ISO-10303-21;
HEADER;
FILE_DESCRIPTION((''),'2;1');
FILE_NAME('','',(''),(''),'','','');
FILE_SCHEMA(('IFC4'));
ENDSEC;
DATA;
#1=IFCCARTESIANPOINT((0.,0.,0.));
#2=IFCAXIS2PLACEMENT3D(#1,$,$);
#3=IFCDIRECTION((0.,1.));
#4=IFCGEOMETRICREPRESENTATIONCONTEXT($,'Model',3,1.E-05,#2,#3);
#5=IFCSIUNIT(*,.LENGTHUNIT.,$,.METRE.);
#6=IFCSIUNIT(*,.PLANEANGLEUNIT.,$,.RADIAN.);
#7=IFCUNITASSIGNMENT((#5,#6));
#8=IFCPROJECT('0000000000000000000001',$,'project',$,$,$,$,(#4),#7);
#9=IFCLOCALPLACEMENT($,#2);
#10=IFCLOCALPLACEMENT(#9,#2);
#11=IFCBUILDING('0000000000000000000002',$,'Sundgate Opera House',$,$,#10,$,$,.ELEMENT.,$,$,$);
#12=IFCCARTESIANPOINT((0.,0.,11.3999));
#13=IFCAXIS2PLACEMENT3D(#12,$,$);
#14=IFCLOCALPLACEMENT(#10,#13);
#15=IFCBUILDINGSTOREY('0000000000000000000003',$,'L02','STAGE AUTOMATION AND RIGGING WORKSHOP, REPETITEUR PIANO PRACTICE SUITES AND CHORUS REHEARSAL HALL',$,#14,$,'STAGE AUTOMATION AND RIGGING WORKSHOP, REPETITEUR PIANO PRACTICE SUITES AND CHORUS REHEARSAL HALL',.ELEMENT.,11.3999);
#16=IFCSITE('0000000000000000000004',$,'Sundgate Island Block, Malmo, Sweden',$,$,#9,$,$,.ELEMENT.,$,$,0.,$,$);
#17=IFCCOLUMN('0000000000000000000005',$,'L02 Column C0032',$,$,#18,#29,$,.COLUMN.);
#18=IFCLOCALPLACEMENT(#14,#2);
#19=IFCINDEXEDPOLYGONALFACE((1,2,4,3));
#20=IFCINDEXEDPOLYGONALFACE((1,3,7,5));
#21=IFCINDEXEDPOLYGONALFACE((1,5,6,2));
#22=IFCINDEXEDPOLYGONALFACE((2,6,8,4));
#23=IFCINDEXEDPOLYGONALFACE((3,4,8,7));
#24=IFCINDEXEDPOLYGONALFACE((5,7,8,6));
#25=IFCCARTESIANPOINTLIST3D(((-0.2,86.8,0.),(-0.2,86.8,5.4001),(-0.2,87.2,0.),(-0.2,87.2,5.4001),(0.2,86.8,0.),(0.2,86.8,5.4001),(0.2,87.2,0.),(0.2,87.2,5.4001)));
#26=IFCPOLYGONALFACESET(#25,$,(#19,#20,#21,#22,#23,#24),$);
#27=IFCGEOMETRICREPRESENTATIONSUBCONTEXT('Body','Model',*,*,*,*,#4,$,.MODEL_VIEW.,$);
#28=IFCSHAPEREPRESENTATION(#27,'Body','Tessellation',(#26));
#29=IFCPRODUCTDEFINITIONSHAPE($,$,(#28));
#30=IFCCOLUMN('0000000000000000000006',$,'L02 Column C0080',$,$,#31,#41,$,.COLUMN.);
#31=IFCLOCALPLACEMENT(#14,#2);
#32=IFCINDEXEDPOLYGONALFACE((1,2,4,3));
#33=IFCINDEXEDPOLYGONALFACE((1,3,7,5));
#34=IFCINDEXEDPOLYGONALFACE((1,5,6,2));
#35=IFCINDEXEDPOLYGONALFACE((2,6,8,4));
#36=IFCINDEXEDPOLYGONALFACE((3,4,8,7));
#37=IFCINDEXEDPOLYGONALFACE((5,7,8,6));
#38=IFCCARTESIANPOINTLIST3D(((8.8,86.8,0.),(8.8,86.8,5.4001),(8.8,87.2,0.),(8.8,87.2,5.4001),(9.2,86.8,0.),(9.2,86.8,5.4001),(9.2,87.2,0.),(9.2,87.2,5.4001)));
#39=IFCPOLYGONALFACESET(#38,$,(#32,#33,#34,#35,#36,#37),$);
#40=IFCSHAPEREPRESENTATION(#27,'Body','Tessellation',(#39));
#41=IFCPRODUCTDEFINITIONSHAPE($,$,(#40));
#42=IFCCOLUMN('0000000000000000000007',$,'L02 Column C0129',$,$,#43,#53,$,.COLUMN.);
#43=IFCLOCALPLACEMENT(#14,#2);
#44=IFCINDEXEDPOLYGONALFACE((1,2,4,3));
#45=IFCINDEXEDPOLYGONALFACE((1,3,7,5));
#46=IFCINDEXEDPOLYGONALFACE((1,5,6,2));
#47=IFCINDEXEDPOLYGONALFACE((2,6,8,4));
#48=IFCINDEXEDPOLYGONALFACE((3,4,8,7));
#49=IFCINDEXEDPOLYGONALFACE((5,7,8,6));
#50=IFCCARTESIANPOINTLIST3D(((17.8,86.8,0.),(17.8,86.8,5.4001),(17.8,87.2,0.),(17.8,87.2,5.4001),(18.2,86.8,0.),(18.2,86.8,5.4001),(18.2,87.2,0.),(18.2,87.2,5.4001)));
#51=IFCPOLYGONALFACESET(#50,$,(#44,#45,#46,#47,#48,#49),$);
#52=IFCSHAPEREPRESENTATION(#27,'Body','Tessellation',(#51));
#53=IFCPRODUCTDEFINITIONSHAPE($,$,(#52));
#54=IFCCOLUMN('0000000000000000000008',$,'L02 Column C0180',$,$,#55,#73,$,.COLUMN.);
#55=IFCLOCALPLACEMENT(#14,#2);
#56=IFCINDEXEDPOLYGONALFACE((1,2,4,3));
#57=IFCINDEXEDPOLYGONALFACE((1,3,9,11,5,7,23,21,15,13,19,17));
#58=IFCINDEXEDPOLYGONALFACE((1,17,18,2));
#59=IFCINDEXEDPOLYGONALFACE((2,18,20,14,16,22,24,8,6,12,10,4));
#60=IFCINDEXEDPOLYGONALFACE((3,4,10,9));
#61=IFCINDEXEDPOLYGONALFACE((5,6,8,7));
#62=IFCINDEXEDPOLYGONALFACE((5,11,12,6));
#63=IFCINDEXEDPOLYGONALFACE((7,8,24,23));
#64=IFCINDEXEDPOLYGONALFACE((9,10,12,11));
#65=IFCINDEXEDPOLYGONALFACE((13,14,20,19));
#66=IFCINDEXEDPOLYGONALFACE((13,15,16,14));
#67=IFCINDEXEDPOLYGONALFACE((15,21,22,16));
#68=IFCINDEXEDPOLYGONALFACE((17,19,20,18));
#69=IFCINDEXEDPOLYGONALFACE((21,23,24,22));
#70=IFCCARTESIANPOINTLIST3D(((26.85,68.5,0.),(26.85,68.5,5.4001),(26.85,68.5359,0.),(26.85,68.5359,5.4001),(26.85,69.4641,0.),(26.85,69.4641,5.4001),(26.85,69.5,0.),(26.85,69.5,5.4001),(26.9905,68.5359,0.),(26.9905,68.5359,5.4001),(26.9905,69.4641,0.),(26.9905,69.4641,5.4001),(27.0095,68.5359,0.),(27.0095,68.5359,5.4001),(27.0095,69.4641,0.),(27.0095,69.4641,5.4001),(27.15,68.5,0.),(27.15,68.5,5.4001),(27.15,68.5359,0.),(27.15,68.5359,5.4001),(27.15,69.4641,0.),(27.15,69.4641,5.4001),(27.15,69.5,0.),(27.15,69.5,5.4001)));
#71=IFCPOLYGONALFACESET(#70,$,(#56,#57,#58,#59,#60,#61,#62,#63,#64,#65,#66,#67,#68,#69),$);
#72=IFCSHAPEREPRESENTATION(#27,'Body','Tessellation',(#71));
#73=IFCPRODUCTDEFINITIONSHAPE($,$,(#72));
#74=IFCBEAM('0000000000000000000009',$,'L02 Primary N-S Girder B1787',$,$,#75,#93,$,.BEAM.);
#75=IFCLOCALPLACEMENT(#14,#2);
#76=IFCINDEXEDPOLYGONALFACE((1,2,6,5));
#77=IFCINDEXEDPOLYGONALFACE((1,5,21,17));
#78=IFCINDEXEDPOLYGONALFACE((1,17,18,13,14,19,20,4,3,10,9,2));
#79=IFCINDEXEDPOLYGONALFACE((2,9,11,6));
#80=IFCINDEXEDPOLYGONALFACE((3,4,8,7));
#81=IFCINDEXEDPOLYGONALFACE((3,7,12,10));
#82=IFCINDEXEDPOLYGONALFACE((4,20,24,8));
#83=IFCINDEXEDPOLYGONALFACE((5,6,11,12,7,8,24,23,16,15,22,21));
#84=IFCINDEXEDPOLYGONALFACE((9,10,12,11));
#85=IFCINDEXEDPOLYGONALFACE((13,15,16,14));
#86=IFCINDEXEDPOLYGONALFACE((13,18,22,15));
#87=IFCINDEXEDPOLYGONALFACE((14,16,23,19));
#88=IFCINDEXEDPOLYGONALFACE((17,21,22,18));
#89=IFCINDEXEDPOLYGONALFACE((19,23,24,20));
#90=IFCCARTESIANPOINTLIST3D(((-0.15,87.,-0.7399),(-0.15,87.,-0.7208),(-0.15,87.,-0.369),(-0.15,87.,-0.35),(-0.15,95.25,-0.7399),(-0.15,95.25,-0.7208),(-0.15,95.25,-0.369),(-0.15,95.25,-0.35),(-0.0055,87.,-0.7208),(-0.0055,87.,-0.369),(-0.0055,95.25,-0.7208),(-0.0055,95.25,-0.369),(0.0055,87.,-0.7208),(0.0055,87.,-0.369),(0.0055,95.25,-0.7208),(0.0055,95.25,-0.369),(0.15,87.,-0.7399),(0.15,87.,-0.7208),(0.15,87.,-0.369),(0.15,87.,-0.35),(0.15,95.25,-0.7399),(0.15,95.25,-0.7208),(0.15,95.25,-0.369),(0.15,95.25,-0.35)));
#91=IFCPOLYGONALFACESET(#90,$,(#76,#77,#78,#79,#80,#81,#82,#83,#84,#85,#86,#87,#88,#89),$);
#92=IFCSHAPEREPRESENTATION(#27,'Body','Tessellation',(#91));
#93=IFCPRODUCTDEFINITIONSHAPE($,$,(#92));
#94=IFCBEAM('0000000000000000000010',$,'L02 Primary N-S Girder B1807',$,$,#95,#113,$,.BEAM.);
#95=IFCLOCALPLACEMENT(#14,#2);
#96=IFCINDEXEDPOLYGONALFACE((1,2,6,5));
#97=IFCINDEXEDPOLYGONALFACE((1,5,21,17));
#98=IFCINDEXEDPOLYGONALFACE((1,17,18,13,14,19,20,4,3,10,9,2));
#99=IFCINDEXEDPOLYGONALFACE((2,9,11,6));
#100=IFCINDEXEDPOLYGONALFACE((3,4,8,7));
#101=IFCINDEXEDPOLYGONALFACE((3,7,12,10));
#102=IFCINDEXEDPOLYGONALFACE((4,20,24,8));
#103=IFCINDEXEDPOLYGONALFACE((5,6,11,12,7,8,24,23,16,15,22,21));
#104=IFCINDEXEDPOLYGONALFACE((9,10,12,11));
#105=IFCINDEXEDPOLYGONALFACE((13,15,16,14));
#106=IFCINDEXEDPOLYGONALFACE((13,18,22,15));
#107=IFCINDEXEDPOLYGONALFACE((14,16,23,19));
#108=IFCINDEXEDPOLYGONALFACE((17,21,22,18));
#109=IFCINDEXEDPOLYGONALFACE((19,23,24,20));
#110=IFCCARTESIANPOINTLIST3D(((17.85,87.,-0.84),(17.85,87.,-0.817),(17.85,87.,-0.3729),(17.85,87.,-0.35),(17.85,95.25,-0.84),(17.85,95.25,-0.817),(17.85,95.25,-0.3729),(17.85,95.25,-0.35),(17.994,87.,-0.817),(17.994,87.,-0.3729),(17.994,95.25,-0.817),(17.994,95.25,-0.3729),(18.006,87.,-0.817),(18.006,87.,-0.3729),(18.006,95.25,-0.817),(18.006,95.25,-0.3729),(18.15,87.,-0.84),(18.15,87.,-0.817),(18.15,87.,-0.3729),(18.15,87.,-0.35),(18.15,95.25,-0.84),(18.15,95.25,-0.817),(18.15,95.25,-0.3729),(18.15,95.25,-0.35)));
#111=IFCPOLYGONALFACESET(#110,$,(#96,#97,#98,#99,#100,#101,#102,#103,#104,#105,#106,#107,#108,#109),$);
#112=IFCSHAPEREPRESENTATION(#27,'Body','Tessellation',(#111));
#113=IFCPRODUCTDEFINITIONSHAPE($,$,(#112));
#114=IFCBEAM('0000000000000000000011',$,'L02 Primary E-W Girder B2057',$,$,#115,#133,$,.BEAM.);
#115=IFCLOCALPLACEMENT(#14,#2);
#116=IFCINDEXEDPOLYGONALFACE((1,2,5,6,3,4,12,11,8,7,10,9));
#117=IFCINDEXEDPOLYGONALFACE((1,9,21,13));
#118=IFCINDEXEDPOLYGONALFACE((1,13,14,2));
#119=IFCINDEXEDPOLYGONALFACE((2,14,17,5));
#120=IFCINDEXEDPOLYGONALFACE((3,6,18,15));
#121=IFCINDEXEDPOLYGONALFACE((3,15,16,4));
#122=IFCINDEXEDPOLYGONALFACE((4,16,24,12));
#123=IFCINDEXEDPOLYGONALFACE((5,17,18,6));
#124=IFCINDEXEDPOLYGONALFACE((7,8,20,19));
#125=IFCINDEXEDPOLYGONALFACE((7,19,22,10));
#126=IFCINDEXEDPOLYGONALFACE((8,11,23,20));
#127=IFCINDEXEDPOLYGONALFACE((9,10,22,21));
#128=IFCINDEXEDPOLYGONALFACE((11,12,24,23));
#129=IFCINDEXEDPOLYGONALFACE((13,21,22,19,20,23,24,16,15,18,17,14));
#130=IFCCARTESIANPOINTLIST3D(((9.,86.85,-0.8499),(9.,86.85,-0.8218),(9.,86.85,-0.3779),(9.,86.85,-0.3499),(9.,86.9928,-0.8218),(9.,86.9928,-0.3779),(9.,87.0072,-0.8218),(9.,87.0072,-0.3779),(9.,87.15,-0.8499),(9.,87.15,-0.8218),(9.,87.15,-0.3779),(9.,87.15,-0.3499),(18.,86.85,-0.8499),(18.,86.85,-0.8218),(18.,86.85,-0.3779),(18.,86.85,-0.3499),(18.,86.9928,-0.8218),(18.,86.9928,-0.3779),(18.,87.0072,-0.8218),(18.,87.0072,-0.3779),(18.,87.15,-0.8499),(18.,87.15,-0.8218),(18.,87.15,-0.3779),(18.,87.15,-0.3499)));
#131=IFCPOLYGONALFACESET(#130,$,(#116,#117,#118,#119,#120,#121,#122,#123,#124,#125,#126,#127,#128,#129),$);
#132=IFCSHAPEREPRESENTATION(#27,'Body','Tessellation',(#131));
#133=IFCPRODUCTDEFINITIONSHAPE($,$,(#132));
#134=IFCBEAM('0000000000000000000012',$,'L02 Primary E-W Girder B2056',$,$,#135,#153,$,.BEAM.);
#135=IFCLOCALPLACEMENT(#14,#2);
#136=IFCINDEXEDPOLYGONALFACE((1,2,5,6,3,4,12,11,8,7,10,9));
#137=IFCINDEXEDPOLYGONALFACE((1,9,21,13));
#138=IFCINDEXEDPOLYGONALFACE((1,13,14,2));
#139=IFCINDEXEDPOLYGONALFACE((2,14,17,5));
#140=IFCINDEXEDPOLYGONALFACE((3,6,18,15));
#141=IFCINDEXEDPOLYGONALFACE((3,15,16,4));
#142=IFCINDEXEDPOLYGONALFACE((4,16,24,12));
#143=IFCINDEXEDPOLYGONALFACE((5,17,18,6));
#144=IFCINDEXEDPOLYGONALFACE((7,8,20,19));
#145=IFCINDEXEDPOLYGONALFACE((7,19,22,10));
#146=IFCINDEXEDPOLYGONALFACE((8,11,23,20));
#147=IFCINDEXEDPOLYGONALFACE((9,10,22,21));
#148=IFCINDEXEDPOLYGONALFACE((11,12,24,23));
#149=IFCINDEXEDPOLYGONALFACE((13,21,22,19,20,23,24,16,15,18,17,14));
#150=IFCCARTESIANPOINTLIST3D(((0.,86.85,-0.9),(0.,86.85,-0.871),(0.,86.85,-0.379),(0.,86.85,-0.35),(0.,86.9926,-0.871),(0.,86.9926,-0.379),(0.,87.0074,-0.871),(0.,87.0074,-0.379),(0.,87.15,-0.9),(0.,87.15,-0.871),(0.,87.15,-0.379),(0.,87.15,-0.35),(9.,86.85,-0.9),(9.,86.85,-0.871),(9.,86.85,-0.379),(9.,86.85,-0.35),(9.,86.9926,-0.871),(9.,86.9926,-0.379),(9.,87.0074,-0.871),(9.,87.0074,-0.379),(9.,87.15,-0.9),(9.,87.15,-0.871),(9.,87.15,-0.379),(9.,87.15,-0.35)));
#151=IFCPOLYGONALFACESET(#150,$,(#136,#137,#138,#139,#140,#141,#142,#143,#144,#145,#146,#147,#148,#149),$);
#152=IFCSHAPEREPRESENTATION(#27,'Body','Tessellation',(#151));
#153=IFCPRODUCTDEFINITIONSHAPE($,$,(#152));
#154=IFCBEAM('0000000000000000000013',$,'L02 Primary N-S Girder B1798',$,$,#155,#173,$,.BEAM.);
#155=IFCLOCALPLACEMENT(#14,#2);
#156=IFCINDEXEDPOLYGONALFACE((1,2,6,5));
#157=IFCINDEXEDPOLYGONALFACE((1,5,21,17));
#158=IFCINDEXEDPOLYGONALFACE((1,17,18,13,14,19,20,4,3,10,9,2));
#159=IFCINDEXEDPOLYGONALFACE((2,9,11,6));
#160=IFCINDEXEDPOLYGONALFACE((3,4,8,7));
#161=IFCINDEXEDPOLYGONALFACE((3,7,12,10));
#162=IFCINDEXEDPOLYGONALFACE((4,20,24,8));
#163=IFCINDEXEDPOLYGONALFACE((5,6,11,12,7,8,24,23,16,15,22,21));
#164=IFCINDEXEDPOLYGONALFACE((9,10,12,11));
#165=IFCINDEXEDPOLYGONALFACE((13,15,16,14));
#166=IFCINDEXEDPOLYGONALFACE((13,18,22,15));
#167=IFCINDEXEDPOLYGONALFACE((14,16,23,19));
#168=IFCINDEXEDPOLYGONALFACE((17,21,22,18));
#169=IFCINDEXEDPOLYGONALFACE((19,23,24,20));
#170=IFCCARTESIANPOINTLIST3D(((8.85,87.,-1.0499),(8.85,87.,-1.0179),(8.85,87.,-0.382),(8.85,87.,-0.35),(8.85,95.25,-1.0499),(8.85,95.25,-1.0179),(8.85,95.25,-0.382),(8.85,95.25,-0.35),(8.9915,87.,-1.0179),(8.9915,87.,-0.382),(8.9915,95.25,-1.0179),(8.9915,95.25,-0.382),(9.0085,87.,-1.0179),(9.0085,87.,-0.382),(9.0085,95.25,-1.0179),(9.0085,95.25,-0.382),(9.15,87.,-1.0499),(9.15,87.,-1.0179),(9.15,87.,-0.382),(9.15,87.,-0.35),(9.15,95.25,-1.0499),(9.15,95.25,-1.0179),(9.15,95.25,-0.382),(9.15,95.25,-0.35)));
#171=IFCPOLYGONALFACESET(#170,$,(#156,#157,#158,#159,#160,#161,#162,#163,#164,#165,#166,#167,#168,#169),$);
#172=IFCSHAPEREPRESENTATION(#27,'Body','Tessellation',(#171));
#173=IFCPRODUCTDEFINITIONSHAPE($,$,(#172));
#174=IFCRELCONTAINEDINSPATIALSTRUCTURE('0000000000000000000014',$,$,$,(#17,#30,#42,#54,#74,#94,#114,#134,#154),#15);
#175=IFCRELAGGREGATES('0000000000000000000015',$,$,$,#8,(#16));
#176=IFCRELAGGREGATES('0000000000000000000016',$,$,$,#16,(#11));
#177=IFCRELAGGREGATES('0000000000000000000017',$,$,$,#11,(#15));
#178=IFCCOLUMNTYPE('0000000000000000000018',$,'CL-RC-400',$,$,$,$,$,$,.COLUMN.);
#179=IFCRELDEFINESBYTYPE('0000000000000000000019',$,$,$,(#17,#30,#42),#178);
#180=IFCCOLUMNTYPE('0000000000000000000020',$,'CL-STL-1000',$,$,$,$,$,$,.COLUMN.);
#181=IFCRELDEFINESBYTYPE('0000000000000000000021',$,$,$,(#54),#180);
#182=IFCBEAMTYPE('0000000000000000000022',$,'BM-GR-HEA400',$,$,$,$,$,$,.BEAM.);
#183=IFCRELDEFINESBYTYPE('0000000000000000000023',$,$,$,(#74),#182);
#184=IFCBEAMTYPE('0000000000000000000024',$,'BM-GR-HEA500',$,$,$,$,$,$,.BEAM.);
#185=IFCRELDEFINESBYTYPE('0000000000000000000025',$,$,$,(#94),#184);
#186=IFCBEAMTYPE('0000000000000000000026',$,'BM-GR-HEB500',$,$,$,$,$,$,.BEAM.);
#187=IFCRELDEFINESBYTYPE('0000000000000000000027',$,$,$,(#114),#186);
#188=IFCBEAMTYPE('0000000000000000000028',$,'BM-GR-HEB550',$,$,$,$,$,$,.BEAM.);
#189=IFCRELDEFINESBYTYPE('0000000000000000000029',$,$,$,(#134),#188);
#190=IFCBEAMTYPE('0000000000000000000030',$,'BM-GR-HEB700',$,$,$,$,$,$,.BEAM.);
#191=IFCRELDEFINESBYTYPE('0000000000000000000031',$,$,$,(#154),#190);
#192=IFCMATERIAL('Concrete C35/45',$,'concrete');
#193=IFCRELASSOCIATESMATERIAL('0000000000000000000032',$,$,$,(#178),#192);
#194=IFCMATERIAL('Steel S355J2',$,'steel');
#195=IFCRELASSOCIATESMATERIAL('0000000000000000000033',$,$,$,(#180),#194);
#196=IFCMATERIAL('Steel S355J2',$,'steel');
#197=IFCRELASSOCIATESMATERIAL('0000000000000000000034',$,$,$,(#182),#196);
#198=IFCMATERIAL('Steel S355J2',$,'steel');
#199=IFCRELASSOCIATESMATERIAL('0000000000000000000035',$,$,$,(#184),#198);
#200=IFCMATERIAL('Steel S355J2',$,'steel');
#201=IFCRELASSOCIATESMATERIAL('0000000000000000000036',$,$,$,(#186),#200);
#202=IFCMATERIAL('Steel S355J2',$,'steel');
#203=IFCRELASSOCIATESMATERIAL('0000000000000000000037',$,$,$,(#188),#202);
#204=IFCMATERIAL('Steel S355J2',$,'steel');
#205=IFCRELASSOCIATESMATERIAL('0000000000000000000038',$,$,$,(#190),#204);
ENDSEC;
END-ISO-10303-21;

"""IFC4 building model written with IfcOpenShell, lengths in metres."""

from ifc_helpers import new_model, si_unit, direction, frame, origin, origin_2d, place, context, subcontext, project, spatial, rectangle, i_section, extrude, material, material_profile, profile_set, type_object, element, save


model = new_model("IFC4")

# Units and contexts
model_context = context("Model", 3, precision=1e-05, world=origin(), true_north=direction((0.0, 1.0)))
body_context = subcontext(model_context, "Body", "Model", "MODEL_VIEW")
ifc_project = project(units=[si_unit("LENGTHUNIT", "METRE"), si_unit("PLANEANGLEUNIT", "RADIAN")], contexts=[model_context])

# Site, building, storey
site_placement = place(None, origin())
site = spatial("IfcSite", under=ifc_project, at=site_placement, Name="Sundgate Island Block, Malmo, Sweden", CompositionType="ELEMENT", RefElevation=0.0)
building_placement = place(site_placement, origin())
building = spatial("IfcBuilding", under=site, at=building_placement, Name="Sundgate Opera House", CompositionType="ELEMENT")
storey_placement = place(building_placement, frame((0.0, 0.0, 11.3999)))
storey = spatial("IfcBuildingStorey", under=building, at=storey_placement, Name="L02", Description="STAGE AUTOMATION AND RIGGING WORKSHOP, REPETITEUR PIANO PRACTICE SUITES AND CHORUS REHEARSAL HALL", LongName="STAGE AUTOMATION AND RIGGING WORKSHOP, REPETITEUR PIANO PRACTICE SUITES AND CHORUS REHEARSAL HALL", CompositionType="ELEMENT", Elevation=11.3999)

# Columns
ifc_material_1 = material(Name="Concrete C35/45", Category="concrete")
ifc_material_profile_1 = material_profile(ifc_material_1, rectangle(XDim=0.3999, YDim=0.3999, at=origin_2d()), Name="RC 400x400")
ifc_profile_set_1 = profile_set([ifc_material_profile_1], Name="Concrete C35/45")
column_type_1 = type_object("IfcColumnType", Name="CL-RC-400", PredefinedType="COLUMN", material=ifc_profile_set_1)
for number, where, z_axis, x_axis, name in (
    (1, (0.0, 87.0, 0.0), (0.0, 0.0, 1.0), (1.0, 0.0, 0.0), "L02 Column C0032"),
    (2, (9.0, 87.0, 0.0), (0.0, 0.0, 1.0), (1.0, 0.0, 0.0), "L02 Column C0080"),
    (3, (18.0, 87.0, 0.0), (0.0, 0.0, 1.0), (1.0, 0.0, 0.0), "L02 Column C0129"),
):
    element("IfcColumn", number, at=place(storey_placement, frame(where, z_axis=z_axis, x_axis=x_axis)), inside=storey, type_object=column_type_1, Name=name, PredefinedType="COLUMN", context=body_context, shape_type="SweptSolid", body=[
        extrude(rectangle(XDim=0.3999, YDim=0.3999, at=origin_2d()), origin(), (0.0, 0.0, 1.0), 5.4001),
    ])
ifc_material_2 = material(Name="Steel S355J2", Category="steel")
ifc_material_profile_2 = material_profile(ifc_material_2, i_section(OverallWidth=0.3, OverallDepth=1.0, WebThickness=0.019, FlangeThickness=0.0359, at=origin_2d()), Name="HEB 1000")
ifc_profile_set_2 = profile_set([ifc_material_profile_2], Name="Steel S355J2")
column_type_2 = type_object("IfcColumnType", Name="CL-STL-1000", PredefinedType="COLUMN", material=ifc_profile_set_2)
column_placement = place(storey_placement, frame((27.0, 69.0, 0.0), z_axis=(0.0, 0.0, 1.0), x_axis=(1.0, 0.0, 0.0)))
element("IfcColumn", 4, at=column_placement, inside=storey, type_object=column_type_2, Name="L02 Column C0180", PredefinedType="COLUMN", context=body_context, shape_type="SweptSolid", body=[
    extrude(i_section(OverallWidth=0.3, OverallDepth=1.0, WebThickness=0.019, FlangeThickness=0.0359, at=origin_2d()), origin(), (0.0, 0.0, 1.0), 5.4001),
])

# Beams
ifc_material_3 = material(Name="Steel S355J2", Category="steel")
ifc_material_profile_3 = material_profile(ifc_material_3, i_section(OverallWidth=0.3, OverallDepth=0.3899, WebThickness=0.011, FlangeThickness=0.019, at=origin_2d()), Name="HEA 400")
ifc_profile_set_3 = profile_set([ifc_material_profile_3], Name="Steel S355J2")
beam_type_1 = type_object("IfcBeamType", Name="BM-GR-HEA400", PredefinedType="BEAM", material=ifc_profile_set_3)
beam_1_placement = place(storey_placement, frame((0.0, 87.0, -0.5449), z_axis=(0.0, 1.0, 0.0), x_axis=(-1.0, 0.0, 0.0)))
element("IfcBeam", 5, at=beam_1_placement, inside=storey, type_object=beam_type_1, Name="L02 Primary N-S Girder B1787", PredefinedType="BEAM", context=body_context, shape_type="SweptSolid", body=[
    extrude(i_section(OverallWidth=0.3, OverallDepth=0.3899, WebThickness=0.011, FlangeThickness=0.019, at=origin_2d()), origin(), (0.0, 0.0, 1.0), 8.25),
])
ifc_material_4 = material(Name="Steel S355J2", Category="steel")
ifc_material_profile_4 = material_profile(ifc_material_4, i_section(OverallWidth=0.3, OverallDepth=0.49, WebThickness=0.012, FlangeThickness=0.0229, at=origin_2d()), Name="HEA 500")
ifc_profile_set_4 = profile_set([ifc_material_profile_4], Name="Steel S355J2")
beam_type_2 = type_object("IfcBeamType", Name="BM-GR-HEA500", PredefinedType="BEAM", material=ifc_profile_set_4)
beam_2_placement = place(storey_placement, frame((18.0, 87.0, -0.595), z_axis=(0.0, 1.0, 0.0), x_axis=(-1.0, 0.0, 0.0)))
element("IfcBeam", 6, at=beam_2_placement, inside=storey, type_object=beam_type_2, Name="L02 Primary N-S Girder B1807", PredefinedType="BEAM", context=body_context, shape_type="SweptSolid", body=[
    extrude(i_section(OverallWidth=0.3, OverallDepth=0.49, WebThickness=0.012, FlangeThickness=0.0229, at=origin_2d()), origin(), (0.0, 0.0, 1.0), 8.25),
])
ifc_material_5 = material(Name="Steel S355J2", Category="steel")
ifc_material_profile_5 = material_profile(ifc_material_5, i_section(OverallWidth=0.3, OverallDepth=0.5, WebThickness=0.0144, FlangeThickness=0.0281, at=origin_2d()), Name="HEB 500")
ifc_profile_set_5 = profile_set([ifc_material_profile_5], Name="Steel S355J2")
beam_type_3 = type_object("IfcBeamType", Name="BM-GR-HEB500", PredefinedType="BEAM", material=ifc_profile_set_5)
beam_3_placement = place(storey_placement, frame((9.0, 87.0, -0.5999), z_axis=(1.0, 0.0, 0.0), x_axis=(0.0, 1.0, 0.0)))
element("IfcBeam", 7, at=beam_3_placement, inside=storey, type_object=beam_type_3, Name="L02 Primary E-W Girder B2057", PredefinedType="BEAM", context=body_context, shape_type="SweptSolid", body=[
    extrude(i_section(OverallWidth=0.3, OverallDepth=0.5, WebThickness=0.0144, FlangeThickness=0.0281, at=origin_2d()), origin(), (0.0, 0.0, 1.0), 9.0),
])
ifc_material_6 = material(Name="Steel S355J2", Category="steel")
ifc_material_profile_6 = material_profile(ifc_material_6, i_section(OverallWidth=0.3, OverallDepth=0.55, WebThickness=0.0149, FlangeThickness=0.0291, at=origin_2d()), Name="HEB 550")
ifc_profile_set_6 = profile_set([ifc_material_profile_6], Name="Steel S355J2")
beam_type_4 = type_object("IfcBeamType", Name="BM-GR-HEB550", PredefinedType="BEAM", material=ifc_profile_set_6)
beam_4_placement = place(storey_placement, frame((0.0, 87.0, -0.625), z_axis=(1.0, 0.0, 0.0), x_axis=(0.0, 1.0, 0.0)))
element("IfcBeam", 8, at=beam_4_placement, inside=storey, type_object=beam_type_4, Name="L02 Primary E-W Girder B2056", PredefinedType="BEAM", context=body_context, shape_type="SweptSolid", body=[
    extrude(i_section(OverallWidth=0.3, OverallDepth=0.55, WebThickness=0.0149, FlangeThickness=0.0291, at=origin_2d()), origin(), (0.0, 0.0, 1.0), 9.0),
])
ifc_material_7 = material(Name="Steel S355J2", Category="steel")
ifc_material_profile_7 = material_profile(ifc_material_7, i_section(OverallWidth=0.3, OverallDepth=0.7, WebThickness=0.0171, FlangeThickness=0.032, at=origin_2d()), Name="HEB 700")
ifc_profile_set_7 = profile_set([ifc_material_profile_7], Name="Steel S355J2")
beam_type_5 = type_object("IfcBeamType", Name="BM-GR-HEB700", PredefinedType="BEAM", material=ifc_profile_set_7)
beam_5_placement = place(storey_placement, frame((9.0, 87.0, -0.7), z_axis=(0.0, 1.0, 0.0), x_axis=(-1.0, 0.0, 0.0)))
element("IfcBeam", 9, at=beam_5_placement, inside=storey, type_object=beam_type_5, Name="L02 Primary N-S Girder B1798", PredefinedType="BEAM", context=body_context, shape_type="SweptSolid", body=[
    extrude(i_section(OverallWidth=0.3, OverallDepth=0.7, WebThickness=0.0171, FlangeThickness=0.032, at=origin_2d()), origin(), (0.0, 0.0, 1.0), 8.25),
])

save(model, "model.ifc")
